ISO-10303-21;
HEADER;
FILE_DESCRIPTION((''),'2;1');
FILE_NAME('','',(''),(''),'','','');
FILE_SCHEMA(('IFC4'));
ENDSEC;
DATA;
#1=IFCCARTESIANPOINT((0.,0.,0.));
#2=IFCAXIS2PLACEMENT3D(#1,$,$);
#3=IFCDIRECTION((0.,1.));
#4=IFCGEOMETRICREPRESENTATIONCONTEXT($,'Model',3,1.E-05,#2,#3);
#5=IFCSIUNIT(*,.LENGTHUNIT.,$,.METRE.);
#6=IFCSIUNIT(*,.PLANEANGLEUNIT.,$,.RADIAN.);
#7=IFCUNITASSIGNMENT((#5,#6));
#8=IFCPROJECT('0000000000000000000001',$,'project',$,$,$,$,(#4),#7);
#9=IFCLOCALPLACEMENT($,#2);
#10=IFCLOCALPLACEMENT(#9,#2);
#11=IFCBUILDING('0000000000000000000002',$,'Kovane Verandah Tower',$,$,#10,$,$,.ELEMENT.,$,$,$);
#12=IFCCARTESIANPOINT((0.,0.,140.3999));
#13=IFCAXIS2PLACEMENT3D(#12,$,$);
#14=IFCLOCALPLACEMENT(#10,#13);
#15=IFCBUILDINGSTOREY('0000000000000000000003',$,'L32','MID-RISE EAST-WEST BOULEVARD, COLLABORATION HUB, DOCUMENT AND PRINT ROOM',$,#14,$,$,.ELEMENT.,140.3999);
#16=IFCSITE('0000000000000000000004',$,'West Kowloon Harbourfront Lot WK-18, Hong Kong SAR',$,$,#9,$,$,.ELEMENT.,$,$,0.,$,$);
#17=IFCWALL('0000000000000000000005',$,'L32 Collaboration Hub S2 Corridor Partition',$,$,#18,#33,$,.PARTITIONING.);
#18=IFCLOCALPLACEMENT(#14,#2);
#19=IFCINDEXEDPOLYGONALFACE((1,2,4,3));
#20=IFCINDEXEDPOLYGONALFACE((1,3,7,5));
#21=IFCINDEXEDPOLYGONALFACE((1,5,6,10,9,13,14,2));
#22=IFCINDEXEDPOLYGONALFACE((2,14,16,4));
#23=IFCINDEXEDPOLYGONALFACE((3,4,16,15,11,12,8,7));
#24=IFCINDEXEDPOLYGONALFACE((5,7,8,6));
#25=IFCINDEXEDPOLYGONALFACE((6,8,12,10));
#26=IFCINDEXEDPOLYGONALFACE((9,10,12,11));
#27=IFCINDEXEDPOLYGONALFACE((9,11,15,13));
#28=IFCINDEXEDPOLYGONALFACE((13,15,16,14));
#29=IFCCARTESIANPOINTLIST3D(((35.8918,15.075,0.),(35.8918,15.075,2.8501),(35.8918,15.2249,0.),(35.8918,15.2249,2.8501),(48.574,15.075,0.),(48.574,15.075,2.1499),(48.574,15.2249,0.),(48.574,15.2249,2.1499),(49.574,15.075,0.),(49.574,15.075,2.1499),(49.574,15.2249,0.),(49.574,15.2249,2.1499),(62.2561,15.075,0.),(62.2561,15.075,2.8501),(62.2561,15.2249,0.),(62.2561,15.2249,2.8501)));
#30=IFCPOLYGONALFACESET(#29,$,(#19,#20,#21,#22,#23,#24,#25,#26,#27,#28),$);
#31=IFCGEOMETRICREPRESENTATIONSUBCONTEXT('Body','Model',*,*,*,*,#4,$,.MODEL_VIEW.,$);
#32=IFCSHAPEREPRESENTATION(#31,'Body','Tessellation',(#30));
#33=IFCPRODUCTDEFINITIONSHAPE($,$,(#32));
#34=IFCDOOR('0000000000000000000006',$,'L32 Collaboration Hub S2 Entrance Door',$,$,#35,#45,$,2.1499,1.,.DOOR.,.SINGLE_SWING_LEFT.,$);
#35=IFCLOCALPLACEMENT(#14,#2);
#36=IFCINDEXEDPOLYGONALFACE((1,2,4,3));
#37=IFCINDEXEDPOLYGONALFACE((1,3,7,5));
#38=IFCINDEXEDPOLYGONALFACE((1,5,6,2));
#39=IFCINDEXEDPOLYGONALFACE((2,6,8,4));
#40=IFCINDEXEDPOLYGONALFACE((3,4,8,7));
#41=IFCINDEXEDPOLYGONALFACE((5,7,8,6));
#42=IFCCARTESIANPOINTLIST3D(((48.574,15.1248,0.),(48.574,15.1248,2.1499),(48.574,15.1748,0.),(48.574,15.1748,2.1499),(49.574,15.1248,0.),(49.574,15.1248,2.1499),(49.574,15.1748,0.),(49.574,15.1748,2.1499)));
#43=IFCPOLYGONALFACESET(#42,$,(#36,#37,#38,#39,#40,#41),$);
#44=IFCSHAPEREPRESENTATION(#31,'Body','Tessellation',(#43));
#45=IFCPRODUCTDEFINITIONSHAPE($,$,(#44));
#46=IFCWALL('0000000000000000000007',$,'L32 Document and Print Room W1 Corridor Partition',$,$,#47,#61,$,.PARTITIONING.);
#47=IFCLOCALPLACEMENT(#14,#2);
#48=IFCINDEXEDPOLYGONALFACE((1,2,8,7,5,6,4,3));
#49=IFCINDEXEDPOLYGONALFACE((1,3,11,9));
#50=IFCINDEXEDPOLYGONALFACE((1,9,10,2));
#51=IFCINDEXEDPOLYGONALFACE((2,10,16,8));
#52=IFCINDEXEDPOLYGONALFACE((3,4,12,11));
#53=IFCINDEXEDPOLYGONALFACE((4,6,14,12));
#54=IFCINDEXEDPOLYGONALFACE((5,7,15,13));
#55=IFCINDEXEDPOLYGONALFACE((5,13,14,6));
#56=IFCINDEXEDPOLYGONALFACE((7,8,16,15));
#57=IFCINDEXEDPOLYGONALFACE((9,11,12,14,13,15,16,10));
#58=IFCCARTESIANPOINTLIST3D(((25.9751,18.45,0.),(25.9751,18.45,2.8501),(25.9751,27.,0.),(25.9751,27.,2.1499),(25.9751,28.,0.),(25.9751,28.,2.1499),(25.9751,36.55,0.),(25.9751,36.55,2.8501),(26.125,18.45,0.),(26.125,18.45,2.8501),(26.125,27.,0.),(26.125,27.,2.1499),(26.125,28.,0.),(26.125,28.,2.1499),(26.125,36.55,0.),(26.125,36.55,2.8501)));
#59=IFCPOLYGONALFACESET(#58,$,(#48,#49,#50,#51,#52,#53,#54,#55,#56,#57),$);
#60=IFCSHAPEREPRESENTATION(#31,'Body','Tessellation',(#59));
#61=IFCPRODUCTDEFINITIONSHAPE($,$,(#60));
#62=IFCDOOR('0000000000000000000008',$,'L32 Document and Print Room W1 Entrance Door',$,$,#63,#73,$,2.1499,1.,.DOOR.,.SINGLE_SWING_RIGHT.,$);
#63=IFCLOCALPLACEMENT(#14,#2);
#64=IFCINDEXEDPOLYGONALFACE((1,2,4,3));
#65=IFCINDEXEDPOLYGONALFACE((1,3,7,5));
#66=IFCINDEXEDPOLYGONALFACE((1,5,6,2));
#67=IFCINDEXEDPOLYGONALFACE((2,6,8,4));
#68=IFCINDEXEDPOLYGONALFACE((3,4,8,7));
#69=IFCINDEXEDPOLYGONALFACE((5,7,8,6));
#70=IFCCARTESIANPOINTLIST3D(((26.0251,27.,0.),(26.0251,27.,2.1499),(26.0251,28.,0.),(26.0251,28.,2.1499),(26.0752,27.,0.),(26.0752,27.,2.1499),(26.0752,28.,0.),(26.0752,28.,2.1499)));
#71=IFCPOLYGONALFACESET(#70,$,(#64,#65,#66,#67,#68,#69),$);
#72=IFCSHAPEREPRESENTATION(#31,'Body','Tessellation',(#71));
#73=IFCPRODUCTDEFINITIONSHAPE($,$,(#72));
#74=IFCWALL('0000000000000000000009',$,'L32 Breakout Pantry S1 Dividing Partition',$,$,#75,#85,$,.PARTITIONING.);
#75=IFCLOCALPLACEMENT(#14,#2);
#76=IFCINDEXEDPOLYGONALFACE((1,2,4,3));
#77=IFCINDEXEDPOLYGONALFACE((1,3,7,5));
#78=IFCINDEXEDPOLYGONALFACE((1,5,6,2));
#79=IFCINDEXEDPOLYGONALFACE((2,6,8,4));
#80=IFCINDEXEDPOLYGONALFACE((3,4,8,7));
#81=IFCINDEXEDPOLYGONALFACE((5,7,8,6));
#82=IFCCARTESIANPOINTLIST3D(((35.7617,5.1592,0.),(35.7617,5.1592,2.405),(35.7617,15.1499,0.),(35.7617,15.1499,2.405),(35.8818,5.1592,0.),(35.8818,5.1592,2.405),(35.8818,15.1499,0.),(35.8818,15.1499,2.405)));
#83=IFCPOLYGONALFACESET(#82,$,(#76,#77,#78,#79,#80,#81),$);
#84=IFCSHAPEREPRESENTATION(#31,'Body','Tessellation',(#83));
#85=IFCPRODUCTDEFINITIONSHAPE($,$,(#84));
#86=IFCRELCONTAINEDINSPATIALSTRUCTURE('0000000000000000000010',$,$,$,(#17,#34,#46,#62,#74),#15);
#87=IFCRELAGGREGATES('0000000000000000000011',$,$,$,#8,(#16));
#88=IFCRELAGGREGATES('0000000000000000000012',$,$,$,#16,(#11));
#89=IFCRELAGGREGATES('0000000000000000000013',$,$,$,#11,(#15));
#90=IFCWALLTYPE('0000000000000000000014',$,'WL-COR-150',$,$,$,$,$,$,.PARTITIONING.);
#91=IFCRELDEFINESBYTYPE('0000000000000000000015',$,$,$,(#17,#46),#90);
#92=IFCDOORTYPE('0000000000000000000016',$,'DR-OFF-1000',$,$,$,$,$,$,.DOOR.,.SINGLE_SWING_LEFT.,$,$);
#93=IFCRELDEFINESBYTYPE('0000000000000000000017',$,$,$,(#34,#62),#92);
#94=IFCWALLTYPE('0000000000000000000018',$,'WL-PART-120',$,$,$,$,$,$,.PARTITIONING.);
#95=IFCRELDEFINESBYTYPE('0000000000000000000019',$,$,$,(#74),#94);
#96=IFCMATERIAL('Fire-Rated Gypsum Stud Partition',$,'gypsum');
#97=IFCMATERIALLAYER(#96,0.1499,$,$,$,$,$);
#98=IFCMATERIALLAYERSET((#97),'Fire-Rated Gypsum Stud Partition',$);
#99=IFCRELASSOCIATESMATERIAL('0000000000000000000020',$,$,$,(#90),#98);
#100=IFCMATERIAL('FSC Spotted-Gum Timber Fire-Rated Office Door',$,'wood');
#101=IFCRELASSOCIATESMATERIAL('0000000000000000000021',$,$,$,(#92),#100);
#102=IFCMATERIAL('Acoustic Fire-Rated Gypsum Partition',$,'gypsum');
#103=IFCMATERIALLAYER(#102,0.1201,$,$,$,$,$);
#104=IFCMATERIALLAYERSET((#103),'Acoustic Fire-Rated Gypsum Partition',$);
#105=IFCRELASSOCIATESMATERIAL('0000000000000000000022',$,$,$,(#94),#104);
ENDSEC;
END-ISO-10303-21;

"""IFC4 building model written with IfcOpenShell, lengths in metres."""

from ifc_helpers import new_model, si_unit, direction, frame, frame_2d, origin, place, context, subcontext, project, spatial, rectangle, extrude, material, layer, layer_set, type_object, element, fill, save


model = new_model("IFC4")

# Units and contexts
model_context = context("Model", 3, precision=1e-05, world=origin(), true_north=direction((0.0, 1.0)))
body_context = subcontext(model_context, "Body", "Model", "MODEL_VIEW")
ifc_project = project(units=[si_unit("LENGTHUNIT", "METRE"), si_unit("PLANEANGLEUNIT", "RADIAN")], contexts=[model_context])

# Site, building, storey
site_placement = place(None, origin())
site = spatial("IfcSite", under=ifc_project, at=site_placement, Name="West Kowloon Harbourfront Lot WK-18, Hong Kong SAR", CompositionType="ELEMENT", RefElevation=0.0)
building_placement = place(site_placement, origin())
building = spatial("IfcBuilding", under=site, at=building_placement, Name="Kovane Verandah Tower", CompositionType="ELEMENT")
storey_placement = place(building_placement, frame((0.0, 0.0, 140.3999)))
storey = spatial("IfcBuildingStorey", under=building, at=storey_placement, Name="L32", Description="MID-RISE EAST-WEST BOULEVARD, COLLABORATION HUB, DOCUMENT AND PRINT ROOM", CompositionType="ELEMENT", Elevation=140.3999)

# Walls, openings, doors
ifc_material_1 = material(Name="Fire-Rated Gypsum Stud Partition", Category="gypsum")
ifc_layer_1 = layer(ifc_material_1, 0.1499)
ifc_layer_set_1 = layer_set([ifc_layer_1], Name="Fire-Rated Gypsum Stud Partition")
wall_type_1 = type_object("IfcWallType", Name="WL-COR-150", PredefinedType="PARTITIONING", material=ifc_layer_set_1)
wall_1_placement = place(storey_placement, frame((35.8918, 15.1499, 0.0), z_axis=(0.0, 0.0, 1.0), x_axis=(1.0, 0.0, 0.0)))
wall_1 = element("IfcWall", 1, at=wall_1_placement, inside=storey, type_object=wall_type_1, Name="L32 Collaboration Hub S2 Corridor Partition", PredefinedType="PARTITIONING", context=body_context, shape_type="SweptSolid", body=[
    extrude(rectangle(XDim=26.3643, YDim=0.1499, at=frame_2d((13.1821, 0.0))), origin(), (0.0, 0.0, 1.0), 2.8501),
])
opening_1_placement = place(wall_1_placement, frame((12.6821, 0.0, 0.0)))
opening_1 = element("IfcOpeningElement", 2, at=opening_1_placement, cuts=wall_1, PredefinedType="OPENING", context=body_context, shape_type="SweptSolid", body=[
    extrude(rectangle(XDim=1.0, YDim=2.1499, at=frame_2d((0.5, 1.075))), frame((0.0, 0.075, 0.0), z_axis=(0.0, -1.0, 0.0), x_axis=(1.0, 0.0, 0.0)), (0.0, 0.0, 1.0), 0.1499),
])
ifc_material_2 = material(Name="FSC Spotted-Gum Timber Fire-Rated Office Door", Category="wood")
door_type = type_object("IfcDoorType", Name="DR-OFF-1000", OperationType="SINGLE_SWING_LEFT", PredefinedType="DOOR", material=ifc_material_2)
door_1_placement = place(opening_1_placement, origin())
door_1 = element("IfcDoor", 3, at=door_1_placement, inside=storey, type_object=door_type, Name="L32 Collaboration Hub S2 Entrance Door", OperationType="SINGLE_SWING_LEFT", OverallHeight=2.1499, OverallWidth=1.0, PredefinedType="DOOR", context=body_context, shape_type="SweptSolid", body=[
    extrude(rectangle(XDim=1.0, YDim=2.1499, at=frame_2d((0.5, 1.075))), frame((0.0, 0.0249, 0.0), z_axis=(0.0, -1.0, 0.0), x_axis=(1.0, 0.0, 0.0)), (0.0, 0.0, 1.0), 0.05),
])
fill(opening_1, door_1)
wall_2_placement = place(storey_placement, frame((26.05, 18.45, 0.0), z_axis=(0.0, 0.0, 1.0), x_axis=(0.0, 1.0, 0.0)))
wall_2 = element("IfcWall", 4, at=wall_2_placement, inside=storey, type_object=wall_type_1, Name="L32 Document and Print Room W1 Corridor Partition", PredefinedType="PARTITIONING", context=body_context, shape_type="SweptSolid", body=[
    extrude(rectangle(XDim=18.1001, YDim=0.1499, at=frame_2d((9.05, 0.0))), origin(), (0.0, 0.0, 1.0), 2.8501),
])
opening_2_placement = place(wall_2_placement, frame((8.55, 0.0, 0.0)))
opening_2 = element("IfcOpeningElement", 5, at=opening_2_placement, cuts=wall_2, PredefinedType="OPENING", context=body_context, shape_type="SweptSolid", body=[
    extrude(rectangle(XDim=1.0, YDim=2.1499, at=frame_2d((0.5, 1.075))), frame((0.0, 0.075, 0.0), z_axis=(0.0, -1.0, 0.0), x_axis=(1.0, 0.0, 0.0)), (0.0, 0.0, 1.0), 0.1499),
])
door_2_placement = place(opening_2_placement, origin())
door_2 = element("IfcDoor", 6, at=door_2_placement, inside=storey, type_object=door_type, Name="L32 Document and Print Room W1 Entrance Door", OperationType="SINGLE_SWING_RIGHT", OverallHeight=2.1499, OverallWidth=1.0, PredefinedType="DOOR", context=body_context, shape_type="SweptSolid", body=[
    extrude(rectangle(XDim=1.0, YDim=2.1499, at=frame_2d((0.5, 1.075))), frame((0.0, 0.0249, 0.0), z_axis=(0.0, -1.0, 0.0), x_axis=(1.0, 0.0, 0.0)), (0.0, 0.0, 1.0), 0.05),
])
fill(opening_2, door_2)

# Wall
ifc_material_3 = material(Name="Acoustic Fire-Rated Gypsum Partition", Category="gypsum")
ifc_layer_2 = layer(ifc_material_3, 0.1201)
ifc_layer_set_2 = layer_set([ifc_layer_2], Name="Acoustic Fire-Rated Gypsum Partition")
wall_type_2 = type_object("IfcWallType", Name="WL-PART-120", PredefinedType="PARTITIONING", material=ifc_layer_set_2)
wall_3_placement = place(storey_placement, frame((35.8218, 5.1592, 0.0), z_axis=(0.0, 0.0, 1.0), x_axis=(0.0, 1.0, 0.0)))
element("IfcWall", 7, at=wall_3_placement, inside=storey, type_object=wall_type_2, Name="L32 Breakout Pantry S1 Dividing Partition", PredefinedType="PARTITIONING", context=body_context, shape_type="SweptSolid", body=[
    extrude(rectangle(XDim=9.9907, YDim=0.1201, at=frame_2d((4.9954, 0.0))), origin(), (0.0, 0.0, 1.0), 2.405),
])

save(model, "model.ifc")
